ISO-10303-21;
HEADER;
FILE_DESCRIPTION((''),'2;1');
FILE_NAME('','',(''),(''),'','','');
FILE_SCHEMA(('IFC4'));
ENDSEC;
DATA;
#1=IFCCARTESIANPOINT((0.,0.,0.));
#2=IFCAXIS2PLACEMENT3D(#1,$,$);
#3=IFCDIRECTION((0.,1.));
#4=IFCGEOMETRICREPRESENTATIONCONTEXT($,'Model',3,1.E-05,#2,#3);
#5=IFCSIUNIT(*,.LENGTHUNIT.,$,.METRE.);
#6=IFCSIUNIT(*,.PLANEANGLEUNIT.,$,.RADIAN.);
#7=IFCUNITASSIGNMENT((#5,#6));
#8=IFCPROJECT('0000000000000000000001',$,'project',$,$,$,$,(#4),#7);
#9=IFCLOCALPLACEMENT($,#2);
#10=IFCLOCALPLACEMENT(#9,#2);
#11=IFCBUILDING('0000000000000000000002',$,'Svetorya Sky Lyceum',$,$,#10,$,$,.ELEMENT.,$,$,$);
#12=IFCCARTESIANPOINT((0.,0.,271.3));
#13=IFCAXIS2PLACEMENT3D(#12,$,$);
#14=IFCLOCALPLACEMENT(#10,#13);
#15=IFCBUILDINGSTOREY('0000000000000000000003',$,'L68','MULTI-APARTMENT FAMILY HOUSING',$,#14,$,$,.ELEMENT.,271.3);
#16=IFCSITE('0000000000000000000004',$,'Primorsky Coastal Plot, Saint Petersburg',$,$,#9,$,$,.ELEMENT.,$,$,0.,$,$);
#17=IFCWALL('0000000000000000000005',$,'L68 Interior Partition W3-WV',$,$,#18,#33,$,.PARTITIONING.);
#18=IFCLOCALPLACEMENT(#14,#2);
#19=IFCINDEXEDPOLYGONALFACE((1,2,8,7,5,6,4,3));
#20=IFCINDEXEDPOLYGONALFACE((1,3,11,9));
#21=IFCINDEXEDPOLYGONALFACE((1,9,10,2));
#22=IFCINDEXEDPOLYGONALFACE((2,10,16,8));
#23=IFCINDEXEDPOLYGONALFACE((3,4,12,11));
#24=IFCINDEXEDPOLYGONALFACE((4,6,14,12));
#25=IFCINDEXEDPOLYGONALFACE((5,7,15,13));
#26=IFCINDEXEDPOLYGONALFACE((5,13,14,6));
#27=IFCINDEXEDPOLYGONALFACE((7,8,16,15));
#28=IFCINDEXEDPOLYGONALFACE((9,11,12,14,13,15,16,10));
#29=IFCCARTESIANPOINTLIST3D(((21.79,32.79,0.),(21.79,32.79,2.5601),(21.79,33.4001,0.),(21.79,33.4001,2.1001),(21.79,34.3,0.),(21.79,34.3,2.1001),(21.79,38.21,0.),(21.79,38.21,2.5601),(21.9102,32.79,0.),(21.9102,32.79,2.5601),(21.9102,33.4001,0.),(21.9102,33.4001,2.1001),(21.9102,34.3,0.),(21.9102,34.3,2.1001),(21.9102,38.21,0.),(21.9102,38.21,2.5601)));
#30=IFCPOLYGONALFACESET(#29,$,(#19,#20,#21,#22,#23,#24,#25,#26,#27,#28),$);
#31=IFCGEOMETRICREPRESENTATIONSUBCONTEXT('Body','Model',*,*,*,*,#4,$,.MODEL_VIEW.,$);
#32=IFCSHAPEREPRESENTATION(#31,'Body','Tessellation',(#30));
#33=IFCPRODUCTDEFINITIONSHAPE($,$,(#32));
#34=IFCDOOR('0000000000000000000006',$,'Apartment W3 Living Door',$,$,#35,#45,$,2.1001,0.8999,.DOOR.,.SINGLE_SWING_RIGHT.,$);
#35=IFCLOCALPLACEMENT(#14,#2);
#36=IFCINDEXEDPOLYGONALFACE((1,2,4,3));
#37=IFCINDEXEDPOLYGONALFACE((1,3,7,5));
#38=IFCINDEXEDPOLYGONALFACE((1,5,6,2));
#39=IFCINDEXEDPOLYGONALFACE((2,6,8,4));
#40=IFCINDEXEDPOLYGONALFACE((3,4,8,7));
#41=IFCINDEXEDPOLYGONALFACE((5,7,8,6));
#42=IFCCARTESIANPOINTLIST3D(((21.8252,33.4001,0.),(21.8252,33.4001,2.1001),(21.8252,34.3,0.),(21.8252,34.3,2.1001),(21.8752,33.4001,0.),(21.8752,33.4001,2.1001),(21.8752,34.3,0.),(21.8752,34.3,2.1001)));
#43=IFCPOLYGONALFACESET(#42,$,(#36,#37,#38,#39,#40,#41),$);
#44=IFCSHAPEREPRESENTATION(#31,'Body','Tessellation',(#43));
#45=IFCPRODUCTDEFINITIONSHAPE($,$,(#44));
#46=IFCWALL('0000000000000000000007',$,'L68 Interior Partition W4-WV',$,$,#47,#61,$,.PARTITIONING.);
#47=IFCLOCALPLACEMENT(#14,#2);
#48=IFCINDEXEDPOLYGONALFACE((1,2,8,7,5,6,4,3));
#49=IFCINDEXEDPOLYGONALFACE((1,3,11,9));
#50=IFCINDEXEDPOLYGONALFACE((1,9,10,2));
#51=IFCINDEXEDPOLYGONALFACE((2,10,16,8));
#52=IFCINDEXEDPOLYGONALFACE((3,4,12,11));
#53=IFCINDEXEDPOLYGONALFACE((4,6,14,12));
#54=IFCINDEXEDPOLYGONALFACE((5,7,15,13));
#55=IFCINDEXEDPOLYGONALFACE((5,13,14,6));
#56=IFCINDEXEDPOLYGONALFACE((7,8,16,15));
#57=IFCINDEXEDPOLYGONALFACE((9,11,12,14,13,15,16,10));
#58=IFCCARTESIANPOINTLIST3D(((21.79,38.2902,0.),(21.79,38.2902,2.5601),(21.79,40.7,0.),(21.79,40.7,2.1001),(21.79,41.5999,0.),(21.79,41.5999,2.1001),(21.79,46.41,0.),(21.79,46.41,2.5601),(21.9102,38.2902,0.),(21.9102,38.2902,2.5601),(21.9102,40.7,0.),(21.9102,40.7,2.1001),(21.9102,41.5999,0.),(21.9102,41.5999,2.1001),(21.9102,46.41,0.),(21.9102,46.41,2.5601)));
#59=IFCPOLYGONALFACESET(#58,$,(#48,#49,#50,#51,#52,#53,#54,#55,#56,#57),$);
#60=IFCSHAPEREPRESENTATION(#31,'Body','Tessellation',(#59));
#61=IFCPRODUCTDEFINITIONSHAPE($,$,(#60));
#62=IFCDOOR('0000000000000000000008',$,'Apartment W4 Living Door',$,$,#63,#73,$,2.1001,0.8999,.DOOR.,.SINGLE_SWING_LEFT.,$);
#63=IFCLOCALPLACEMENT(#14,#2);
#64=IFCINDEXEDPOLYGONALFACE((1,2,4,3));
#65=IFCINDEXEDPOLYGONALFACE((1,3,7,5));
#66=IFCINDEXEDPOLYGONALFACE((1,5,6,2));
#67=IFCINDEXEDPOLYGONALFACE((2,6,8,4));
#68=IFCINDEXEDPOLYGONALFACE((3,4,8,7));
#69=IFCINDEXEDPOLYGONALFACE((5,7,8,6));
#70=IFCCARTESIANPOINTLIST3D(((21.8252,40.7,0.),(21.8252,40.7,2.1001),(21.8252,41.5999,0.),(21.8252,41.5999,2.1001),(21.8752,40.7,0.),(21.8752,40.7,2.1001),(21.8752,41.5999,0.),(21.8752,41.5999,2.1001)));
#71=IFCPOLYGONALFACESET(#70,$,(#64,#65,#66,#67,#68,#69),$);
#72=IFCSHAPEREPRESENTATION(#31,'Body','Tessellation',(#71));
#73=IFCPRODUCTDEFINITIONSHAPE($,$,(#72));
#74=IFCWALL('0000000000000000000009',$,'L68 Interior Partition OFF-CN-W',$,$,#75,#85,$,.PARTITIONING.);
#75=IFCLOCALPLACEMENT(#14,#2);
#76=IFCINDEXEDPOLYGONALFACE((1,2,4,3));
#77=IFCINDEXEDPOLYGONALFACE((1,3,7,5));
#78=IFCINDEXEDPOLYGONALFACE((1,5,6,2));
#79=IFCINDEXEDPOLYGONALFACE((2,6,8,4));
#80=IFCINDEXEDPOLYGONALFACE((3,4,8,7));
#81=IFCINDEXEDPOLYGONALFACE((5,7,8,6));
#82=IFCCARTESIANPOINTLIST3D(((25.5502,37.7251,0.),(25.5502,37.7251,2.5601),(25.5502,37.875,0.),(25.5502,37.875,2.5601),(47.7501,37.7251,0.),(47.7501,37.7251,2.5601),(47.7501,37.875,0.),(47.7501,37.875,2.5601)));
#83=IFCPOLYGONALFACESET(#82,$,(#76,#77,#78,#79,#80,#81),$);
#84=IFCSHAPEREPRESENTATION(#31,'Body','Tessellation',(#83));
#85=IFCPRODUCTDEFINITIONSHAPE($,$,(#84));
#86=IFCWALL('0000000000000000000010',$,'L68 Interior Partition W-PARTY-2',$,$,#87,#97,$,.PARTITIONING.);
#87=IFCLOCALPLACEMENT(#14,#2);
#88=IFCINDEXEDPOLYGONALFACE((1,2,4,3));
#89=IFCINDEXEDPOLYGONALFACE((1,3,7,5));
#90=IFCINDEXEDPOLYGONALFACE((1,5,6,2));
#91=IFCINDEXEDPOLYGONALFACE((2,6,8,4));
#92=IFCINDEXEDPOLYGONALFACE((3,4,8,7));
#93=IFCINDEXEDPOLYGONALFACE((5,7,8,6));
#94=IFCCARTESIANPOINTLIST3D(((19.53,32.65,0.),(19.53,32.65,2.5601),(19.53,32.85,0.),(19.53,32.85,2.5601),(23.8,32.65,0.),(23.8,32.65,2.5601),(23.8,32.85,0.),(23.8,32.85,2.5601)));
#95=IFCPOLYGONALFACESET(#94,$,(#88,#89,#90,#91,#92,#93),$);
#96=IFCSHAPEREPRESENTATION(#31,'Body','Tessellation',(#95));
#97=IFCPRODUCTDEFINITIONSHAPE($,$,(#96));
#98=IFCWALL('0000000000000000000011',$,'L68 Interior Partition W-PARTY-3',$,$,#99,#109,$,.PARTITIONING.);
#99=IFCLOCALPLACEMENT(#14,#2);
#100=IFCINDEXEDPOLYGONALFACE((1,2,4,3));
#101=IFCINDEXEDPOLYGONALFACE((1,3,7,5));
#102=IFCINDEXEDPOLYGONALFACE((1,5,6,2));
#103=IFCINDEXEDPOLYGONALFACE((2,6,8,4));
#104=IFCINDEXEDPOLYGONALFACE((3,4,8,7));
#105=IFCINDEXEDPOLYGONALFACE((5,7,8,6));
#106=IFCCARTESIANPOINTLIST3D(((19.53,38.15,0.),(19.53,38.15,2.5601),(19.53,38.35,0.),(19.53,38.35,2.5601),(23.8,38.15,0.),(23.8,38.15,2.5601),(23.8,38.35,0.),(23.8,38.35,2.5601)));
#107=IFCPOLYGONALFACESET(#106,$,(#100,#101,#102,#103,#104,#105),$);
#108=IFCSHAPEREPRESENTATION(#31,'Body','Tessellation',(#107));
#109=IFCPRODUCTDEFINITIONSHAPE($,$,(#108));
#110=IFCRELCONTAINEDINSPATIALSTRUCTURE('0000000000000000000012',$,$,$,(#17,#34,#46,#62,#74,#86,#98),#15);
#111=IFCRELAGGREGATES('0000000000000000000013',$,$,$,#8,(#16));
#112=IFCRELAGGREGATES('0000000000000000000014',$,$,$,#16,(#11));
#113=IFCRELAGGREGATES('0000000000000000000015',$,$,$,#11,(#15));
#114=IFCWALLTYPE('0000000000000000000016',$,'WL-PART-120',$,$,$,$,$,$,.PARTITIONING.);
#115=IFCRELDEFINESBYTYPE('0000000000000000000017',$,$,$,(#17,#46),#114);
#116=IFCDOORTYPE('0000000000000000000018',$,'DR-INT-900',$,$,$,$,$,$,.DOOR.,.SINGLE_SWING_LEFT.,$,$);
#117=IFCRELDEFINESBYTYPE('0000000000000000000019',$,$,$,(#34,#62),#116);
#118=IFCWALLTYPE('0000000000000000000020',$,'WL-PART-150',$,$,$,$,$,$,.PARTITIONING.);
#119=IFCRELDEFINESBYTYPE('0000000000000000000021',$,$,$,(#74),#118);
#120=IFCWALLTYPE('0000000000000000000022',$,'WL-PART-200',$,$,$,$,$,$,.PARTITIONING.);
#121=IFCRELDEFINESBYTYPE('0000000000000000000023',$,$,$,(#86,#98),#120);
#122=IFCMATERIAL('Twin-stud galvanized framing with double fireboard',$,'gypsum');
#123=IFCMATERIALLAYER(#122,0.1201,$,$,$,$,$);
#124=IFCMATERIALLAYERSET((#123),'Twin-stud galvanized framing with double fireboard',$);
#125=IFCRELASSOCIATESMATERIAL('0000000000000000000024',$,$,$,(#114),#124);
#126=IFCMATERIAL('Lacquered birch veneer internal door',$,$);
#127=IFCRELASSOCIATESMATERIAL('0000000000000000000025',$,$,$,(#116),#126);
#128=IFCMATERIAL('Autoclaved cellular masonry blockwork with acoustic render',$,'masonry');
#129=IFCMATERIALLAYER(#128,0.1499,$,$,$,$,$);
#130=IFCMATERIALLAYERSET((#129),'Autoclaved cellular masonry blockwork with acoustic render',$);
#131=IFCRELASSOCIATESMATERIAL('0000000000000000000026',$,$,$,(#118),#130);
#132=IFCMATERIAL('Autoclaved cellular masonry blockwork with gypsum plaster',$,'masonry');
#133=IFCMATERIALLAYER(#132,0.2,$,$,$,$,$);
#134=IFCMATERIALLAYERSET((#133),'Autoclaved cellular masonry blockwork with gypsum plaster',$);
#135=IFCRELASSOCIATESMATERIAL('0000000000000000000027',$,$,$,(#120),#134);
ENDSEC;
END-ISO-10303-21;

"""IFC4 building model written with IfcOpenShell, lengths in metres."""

from ifc_helpers import new_model, si_unit, direction, frame, frame_2d, origin, place, context, subcontext, project, spatial, rectangle, extrude, material, layer, layer_set, type_object, element, fill, save


model = new_model("IFC4")

# Units and contexts
model_context = context("Model", 3, precision=1e-05, world=origin(), true_north=direction((0.0, 1.0)))
body_context = subcontext(model_context, "Body", "Model", "MODEL_VIEW")
ifc_project = project(units=[si_unit("LENGTHUNIT", "METRE"), si_unit("PLANEANGLEUNIT", "RADIAN")], contexts=[model_context])

# Site, building, storey
site_placement = place(None, origin())
site = spatial("IfcSite", under=ifc_project, at=site_placement, Name="Primorsky Coastal Plot, Saint Petersburg", CompositionType="ELEMENT", RefElevation=0.0)
building_placement = place(site_placement, origin())
building = spatial("IfcBuilding", under=site, at=building_placement, Name="Svetorya Sky Lyceum", CompositionType="ELEMENT")
storey_placement = place(building_placement, frame((0.0, 0.0, 271.3)))
storey = spatial("IfcBuildingStorey", under=building, at=storey_placement, Name="L68", Description="MULTI-APARTMENT FAMILY HOUSING", CompositionType="ELEMENT", Elevation=271.3)

# Walls, openings, doors
ifc_material_1 = material(Name="Twin-stud galvanized framing with double fireboard", Category="gypsum")
ifc_layer_1 = layer(ifc_material_1, 0.1201)
ifc_layer_set_1 = layer_set([ifc_layer_1], Name="Twin-stud galvanized framing with double fireboard")
wall_type_1 = type_object("IfcWallType", Name="WL-PART-120", PredefinedType="PARTITIONING", material=ifc_layer_set_1)
wall_1_placement = place(storey_placement, frame((21.8501, 32.79, 0.0), z_axis=(0.0, 0.0, 1.0), x_axis=(0.0, 1.0, 0.0)))
wall_1 = element("IfcWall", 1, at=wall_1_placement, inside=storey, type_object=wall_type_1, Name="L68 Interior Partition W3-WV", PredefinedType="PARTITIONING", context=body_context, shape_type="SweptSolid", body=[
    extrude(rectangle(XDim=5.4199, YDim=0.1201, at=frame_2d((2.71, 0.0))), origin(), (0.0, 0.0, 1.0), 2.5601),
])
opening_1_placement = place(wall_1_placement, frame((0.6101, 0.0, 0.0)))
opening_1 = element("IfcOpeningElement", 2, at=opening_1_placement, cuts=wall_1, PredefinedType="OPENING", context=body_context, shape_type="SweptSolid", body=[
    extrude(rectangle(XDim=0.8999, YDim=2.1001, at=frame_2d((0.45, 1.05))), frame((0.0, 0.0701, 0.0), z_axis=(0.0, -1.0, 0.0), x_axis=(1.0, 0.0, 0.0)), (0.0, 0.0, 1.0), 0.1401),
])
ifc_material_2 = material(Name="Lacquered birch veneer internal door")
door_type_1 = type_object("IfcDoorType", Name="DR-INT-900", OperationType="SINGLE_SWING_LEFT", PredefinedType="DOOR", material=ifc_material_2)
door_1_placement = place(opening_1_placement, origin())
door_1 = element("IfcDoor", 3, at=door_1_placement, inside=storey, type_object=door_type_1, Name="Apartment W3 Living Door", OperationType="SINGLE_SWING_RIGHT", OverallHeight=2.1001, OverallWidth=0.8999, PredefinedType="DOOR", context=body_context, shape_type="SweptSolid", body=[
    extrude(rectangle(XDim=0.8999, YDim=2.1001, at=frame_2d((0.45, 1.05))), frame((0.0, 0.0249, 0.0), z_axis=(0.0, -1.0, 0.0), x_axis=(1.0, 0.0, 0.0)), (0.0, 0.0, 1.0), 0.05),
])
fill(opening_1, door_1)
wall_2_placement = place(storey_placement, frame((21.8501, 38.29, 0.0), z_axis=(0.0, 0.0, 1.0), x_axis=(0.0, 1.0, 0.0)))
wall_2 = element("IfcWall", 4, at=wall_2_placement, inside=storey, type_object=wall_type_1, Name="L68 Interior Partition W4-WV", PredefinedType="PARTITIONING", context=body_context, shape_type="SweptSolid", body=[
    extrude(rectangle(XDim=8.1199, YDim=0.1201, at=frame_2d((4.0601, 0.0))), origin(), (0.0, 0.0, 1.0), 2.5601),
])
opening_2_placement = place(wall_2_placement, frame((2.4099, 0.0, 0.0)))
opening_2 = element("IfcOpeningElement", 5, at=opening_2_placement, cuts=wall_2, PredefinedType="OPENING", context=body_context, shape_type="SweptSolid", body=[
    extrude(rectangle(XDim=0.8999, YDim=2.1001, at=frame_2d((0.45, 1.05))), frame((0.0, 0.0701, 0.0), z_axis=(0.0, -1.0, 0.0), x_axis=(1.0, 0.0, 0.0)), (0.0, 0.0, 1.0), 0.1401),
])
door_2_placement = place(opening_2_placement, origin())
door_2 = element("IfcDoor", 6, at=door_2_placement, inside=storey, type_object=door_type_1, Name="Apartment W4 Living Door", OperationType="SINGLE_SWING_LEFT", OverallHeight=2.1001, OverallWidth=0.8999, PredefinedType="DOOR", context=body_context, shape_type="SweptSolid", body=[
    extrude(rectangle(XDim=0.8999, YDim=2.1001, at=frame_2d((0.45, 1.05))), frame((0.0, 0.0249, 0.0), z_axis=(0.0, -1.0, 0.0), x_axis=(1.0, 0.0, 0.0)), (0.0, 0.0, 1.0), 0.05),
])
fill(opening_2, door_2)

# Walls
ifc_material_3 = material(Name="Autoclaved cellular masonry blockwork with acoustic render", Category="masonry")
ifc_layer_2 = layer(ifc_material_3, 0.1499)
ifc_layer_set_2 = layer_set([ifc_layer_2], Name="Autoclaved cellular masonry blockwork with acoustic render")
wall_type_2 = type_object("IfcWallType", Name="WL-PART-150", PredefinedType="PARTITIONING", material=ifc_layer_set_2)
wall_3_placement = place(storey_placement, frame((25.55, 37.8, 0.0), z_axis=(0.0, 0.0, 1.0), x_axis=(1.0, 0.0, 0.0)))
element("IfcWall", 7, at=wall_3_placement, inside=storey, type_object=wall_type_2, Name="L68 Interior Partition OFF-CN-W", PredefinedType="PARTITIONING", context=body_context, shape_type="SweptSolid", body=[
    extrude(rectangle(XDim=22.2, YDim=0.1499, at=frame_2d((11.1001, 0.0))), origin(), (0.0, 0.0, 1.0), 2.5601),
])
ifc_material_4 = material(Name="Autoclaved cellular masonry blockwork with gypsum plaster", Category="masonry")
ifc_layer_3 = layer(ifc_material_4, 0.2)
ifc_layer_set_3 = layer_set([ifc_layer_3], Name="Autoclaved cellular masonry blockwork with gypsum plaster")
wall_type_3 = type_object("IfcWallType", Name="WL-PART-200", PredefinedType="PARTITIONING", material=ifc_layer_set_3)
for number, where, z_axis, x_axis, name in (
    (8, (19.53, 32.75, 0.0), (0.0, 0.0, 1.0), (1.0, 0.0, 0.0), "L68 Interior Partition W-PARTY-2"),
    (9, (19.53, 38.25, 0.0), (0.0, 0.0, 1.0), (1.0, 0.0, 0.0), "L68 Interior Partition W-PARTY-3"),
):
    element("IfcWall", number, at=place(storey_placement, frame(where, z_axis=z_axis, x_axis=x_axis)), inside=storey, type_object=wall_type_3, Name=name, PredefinedType="PARTITIONING", context=body_context, shape_type="SweptSolid", body=[
        extrude(rectangle(XDim=4.27, YDim=0.2, at=frame_2d((2.135, 0.0))), origin(), (0.0, 0.0, 1.0), 2.5601),
    ])

save(model, "model.ifc")
